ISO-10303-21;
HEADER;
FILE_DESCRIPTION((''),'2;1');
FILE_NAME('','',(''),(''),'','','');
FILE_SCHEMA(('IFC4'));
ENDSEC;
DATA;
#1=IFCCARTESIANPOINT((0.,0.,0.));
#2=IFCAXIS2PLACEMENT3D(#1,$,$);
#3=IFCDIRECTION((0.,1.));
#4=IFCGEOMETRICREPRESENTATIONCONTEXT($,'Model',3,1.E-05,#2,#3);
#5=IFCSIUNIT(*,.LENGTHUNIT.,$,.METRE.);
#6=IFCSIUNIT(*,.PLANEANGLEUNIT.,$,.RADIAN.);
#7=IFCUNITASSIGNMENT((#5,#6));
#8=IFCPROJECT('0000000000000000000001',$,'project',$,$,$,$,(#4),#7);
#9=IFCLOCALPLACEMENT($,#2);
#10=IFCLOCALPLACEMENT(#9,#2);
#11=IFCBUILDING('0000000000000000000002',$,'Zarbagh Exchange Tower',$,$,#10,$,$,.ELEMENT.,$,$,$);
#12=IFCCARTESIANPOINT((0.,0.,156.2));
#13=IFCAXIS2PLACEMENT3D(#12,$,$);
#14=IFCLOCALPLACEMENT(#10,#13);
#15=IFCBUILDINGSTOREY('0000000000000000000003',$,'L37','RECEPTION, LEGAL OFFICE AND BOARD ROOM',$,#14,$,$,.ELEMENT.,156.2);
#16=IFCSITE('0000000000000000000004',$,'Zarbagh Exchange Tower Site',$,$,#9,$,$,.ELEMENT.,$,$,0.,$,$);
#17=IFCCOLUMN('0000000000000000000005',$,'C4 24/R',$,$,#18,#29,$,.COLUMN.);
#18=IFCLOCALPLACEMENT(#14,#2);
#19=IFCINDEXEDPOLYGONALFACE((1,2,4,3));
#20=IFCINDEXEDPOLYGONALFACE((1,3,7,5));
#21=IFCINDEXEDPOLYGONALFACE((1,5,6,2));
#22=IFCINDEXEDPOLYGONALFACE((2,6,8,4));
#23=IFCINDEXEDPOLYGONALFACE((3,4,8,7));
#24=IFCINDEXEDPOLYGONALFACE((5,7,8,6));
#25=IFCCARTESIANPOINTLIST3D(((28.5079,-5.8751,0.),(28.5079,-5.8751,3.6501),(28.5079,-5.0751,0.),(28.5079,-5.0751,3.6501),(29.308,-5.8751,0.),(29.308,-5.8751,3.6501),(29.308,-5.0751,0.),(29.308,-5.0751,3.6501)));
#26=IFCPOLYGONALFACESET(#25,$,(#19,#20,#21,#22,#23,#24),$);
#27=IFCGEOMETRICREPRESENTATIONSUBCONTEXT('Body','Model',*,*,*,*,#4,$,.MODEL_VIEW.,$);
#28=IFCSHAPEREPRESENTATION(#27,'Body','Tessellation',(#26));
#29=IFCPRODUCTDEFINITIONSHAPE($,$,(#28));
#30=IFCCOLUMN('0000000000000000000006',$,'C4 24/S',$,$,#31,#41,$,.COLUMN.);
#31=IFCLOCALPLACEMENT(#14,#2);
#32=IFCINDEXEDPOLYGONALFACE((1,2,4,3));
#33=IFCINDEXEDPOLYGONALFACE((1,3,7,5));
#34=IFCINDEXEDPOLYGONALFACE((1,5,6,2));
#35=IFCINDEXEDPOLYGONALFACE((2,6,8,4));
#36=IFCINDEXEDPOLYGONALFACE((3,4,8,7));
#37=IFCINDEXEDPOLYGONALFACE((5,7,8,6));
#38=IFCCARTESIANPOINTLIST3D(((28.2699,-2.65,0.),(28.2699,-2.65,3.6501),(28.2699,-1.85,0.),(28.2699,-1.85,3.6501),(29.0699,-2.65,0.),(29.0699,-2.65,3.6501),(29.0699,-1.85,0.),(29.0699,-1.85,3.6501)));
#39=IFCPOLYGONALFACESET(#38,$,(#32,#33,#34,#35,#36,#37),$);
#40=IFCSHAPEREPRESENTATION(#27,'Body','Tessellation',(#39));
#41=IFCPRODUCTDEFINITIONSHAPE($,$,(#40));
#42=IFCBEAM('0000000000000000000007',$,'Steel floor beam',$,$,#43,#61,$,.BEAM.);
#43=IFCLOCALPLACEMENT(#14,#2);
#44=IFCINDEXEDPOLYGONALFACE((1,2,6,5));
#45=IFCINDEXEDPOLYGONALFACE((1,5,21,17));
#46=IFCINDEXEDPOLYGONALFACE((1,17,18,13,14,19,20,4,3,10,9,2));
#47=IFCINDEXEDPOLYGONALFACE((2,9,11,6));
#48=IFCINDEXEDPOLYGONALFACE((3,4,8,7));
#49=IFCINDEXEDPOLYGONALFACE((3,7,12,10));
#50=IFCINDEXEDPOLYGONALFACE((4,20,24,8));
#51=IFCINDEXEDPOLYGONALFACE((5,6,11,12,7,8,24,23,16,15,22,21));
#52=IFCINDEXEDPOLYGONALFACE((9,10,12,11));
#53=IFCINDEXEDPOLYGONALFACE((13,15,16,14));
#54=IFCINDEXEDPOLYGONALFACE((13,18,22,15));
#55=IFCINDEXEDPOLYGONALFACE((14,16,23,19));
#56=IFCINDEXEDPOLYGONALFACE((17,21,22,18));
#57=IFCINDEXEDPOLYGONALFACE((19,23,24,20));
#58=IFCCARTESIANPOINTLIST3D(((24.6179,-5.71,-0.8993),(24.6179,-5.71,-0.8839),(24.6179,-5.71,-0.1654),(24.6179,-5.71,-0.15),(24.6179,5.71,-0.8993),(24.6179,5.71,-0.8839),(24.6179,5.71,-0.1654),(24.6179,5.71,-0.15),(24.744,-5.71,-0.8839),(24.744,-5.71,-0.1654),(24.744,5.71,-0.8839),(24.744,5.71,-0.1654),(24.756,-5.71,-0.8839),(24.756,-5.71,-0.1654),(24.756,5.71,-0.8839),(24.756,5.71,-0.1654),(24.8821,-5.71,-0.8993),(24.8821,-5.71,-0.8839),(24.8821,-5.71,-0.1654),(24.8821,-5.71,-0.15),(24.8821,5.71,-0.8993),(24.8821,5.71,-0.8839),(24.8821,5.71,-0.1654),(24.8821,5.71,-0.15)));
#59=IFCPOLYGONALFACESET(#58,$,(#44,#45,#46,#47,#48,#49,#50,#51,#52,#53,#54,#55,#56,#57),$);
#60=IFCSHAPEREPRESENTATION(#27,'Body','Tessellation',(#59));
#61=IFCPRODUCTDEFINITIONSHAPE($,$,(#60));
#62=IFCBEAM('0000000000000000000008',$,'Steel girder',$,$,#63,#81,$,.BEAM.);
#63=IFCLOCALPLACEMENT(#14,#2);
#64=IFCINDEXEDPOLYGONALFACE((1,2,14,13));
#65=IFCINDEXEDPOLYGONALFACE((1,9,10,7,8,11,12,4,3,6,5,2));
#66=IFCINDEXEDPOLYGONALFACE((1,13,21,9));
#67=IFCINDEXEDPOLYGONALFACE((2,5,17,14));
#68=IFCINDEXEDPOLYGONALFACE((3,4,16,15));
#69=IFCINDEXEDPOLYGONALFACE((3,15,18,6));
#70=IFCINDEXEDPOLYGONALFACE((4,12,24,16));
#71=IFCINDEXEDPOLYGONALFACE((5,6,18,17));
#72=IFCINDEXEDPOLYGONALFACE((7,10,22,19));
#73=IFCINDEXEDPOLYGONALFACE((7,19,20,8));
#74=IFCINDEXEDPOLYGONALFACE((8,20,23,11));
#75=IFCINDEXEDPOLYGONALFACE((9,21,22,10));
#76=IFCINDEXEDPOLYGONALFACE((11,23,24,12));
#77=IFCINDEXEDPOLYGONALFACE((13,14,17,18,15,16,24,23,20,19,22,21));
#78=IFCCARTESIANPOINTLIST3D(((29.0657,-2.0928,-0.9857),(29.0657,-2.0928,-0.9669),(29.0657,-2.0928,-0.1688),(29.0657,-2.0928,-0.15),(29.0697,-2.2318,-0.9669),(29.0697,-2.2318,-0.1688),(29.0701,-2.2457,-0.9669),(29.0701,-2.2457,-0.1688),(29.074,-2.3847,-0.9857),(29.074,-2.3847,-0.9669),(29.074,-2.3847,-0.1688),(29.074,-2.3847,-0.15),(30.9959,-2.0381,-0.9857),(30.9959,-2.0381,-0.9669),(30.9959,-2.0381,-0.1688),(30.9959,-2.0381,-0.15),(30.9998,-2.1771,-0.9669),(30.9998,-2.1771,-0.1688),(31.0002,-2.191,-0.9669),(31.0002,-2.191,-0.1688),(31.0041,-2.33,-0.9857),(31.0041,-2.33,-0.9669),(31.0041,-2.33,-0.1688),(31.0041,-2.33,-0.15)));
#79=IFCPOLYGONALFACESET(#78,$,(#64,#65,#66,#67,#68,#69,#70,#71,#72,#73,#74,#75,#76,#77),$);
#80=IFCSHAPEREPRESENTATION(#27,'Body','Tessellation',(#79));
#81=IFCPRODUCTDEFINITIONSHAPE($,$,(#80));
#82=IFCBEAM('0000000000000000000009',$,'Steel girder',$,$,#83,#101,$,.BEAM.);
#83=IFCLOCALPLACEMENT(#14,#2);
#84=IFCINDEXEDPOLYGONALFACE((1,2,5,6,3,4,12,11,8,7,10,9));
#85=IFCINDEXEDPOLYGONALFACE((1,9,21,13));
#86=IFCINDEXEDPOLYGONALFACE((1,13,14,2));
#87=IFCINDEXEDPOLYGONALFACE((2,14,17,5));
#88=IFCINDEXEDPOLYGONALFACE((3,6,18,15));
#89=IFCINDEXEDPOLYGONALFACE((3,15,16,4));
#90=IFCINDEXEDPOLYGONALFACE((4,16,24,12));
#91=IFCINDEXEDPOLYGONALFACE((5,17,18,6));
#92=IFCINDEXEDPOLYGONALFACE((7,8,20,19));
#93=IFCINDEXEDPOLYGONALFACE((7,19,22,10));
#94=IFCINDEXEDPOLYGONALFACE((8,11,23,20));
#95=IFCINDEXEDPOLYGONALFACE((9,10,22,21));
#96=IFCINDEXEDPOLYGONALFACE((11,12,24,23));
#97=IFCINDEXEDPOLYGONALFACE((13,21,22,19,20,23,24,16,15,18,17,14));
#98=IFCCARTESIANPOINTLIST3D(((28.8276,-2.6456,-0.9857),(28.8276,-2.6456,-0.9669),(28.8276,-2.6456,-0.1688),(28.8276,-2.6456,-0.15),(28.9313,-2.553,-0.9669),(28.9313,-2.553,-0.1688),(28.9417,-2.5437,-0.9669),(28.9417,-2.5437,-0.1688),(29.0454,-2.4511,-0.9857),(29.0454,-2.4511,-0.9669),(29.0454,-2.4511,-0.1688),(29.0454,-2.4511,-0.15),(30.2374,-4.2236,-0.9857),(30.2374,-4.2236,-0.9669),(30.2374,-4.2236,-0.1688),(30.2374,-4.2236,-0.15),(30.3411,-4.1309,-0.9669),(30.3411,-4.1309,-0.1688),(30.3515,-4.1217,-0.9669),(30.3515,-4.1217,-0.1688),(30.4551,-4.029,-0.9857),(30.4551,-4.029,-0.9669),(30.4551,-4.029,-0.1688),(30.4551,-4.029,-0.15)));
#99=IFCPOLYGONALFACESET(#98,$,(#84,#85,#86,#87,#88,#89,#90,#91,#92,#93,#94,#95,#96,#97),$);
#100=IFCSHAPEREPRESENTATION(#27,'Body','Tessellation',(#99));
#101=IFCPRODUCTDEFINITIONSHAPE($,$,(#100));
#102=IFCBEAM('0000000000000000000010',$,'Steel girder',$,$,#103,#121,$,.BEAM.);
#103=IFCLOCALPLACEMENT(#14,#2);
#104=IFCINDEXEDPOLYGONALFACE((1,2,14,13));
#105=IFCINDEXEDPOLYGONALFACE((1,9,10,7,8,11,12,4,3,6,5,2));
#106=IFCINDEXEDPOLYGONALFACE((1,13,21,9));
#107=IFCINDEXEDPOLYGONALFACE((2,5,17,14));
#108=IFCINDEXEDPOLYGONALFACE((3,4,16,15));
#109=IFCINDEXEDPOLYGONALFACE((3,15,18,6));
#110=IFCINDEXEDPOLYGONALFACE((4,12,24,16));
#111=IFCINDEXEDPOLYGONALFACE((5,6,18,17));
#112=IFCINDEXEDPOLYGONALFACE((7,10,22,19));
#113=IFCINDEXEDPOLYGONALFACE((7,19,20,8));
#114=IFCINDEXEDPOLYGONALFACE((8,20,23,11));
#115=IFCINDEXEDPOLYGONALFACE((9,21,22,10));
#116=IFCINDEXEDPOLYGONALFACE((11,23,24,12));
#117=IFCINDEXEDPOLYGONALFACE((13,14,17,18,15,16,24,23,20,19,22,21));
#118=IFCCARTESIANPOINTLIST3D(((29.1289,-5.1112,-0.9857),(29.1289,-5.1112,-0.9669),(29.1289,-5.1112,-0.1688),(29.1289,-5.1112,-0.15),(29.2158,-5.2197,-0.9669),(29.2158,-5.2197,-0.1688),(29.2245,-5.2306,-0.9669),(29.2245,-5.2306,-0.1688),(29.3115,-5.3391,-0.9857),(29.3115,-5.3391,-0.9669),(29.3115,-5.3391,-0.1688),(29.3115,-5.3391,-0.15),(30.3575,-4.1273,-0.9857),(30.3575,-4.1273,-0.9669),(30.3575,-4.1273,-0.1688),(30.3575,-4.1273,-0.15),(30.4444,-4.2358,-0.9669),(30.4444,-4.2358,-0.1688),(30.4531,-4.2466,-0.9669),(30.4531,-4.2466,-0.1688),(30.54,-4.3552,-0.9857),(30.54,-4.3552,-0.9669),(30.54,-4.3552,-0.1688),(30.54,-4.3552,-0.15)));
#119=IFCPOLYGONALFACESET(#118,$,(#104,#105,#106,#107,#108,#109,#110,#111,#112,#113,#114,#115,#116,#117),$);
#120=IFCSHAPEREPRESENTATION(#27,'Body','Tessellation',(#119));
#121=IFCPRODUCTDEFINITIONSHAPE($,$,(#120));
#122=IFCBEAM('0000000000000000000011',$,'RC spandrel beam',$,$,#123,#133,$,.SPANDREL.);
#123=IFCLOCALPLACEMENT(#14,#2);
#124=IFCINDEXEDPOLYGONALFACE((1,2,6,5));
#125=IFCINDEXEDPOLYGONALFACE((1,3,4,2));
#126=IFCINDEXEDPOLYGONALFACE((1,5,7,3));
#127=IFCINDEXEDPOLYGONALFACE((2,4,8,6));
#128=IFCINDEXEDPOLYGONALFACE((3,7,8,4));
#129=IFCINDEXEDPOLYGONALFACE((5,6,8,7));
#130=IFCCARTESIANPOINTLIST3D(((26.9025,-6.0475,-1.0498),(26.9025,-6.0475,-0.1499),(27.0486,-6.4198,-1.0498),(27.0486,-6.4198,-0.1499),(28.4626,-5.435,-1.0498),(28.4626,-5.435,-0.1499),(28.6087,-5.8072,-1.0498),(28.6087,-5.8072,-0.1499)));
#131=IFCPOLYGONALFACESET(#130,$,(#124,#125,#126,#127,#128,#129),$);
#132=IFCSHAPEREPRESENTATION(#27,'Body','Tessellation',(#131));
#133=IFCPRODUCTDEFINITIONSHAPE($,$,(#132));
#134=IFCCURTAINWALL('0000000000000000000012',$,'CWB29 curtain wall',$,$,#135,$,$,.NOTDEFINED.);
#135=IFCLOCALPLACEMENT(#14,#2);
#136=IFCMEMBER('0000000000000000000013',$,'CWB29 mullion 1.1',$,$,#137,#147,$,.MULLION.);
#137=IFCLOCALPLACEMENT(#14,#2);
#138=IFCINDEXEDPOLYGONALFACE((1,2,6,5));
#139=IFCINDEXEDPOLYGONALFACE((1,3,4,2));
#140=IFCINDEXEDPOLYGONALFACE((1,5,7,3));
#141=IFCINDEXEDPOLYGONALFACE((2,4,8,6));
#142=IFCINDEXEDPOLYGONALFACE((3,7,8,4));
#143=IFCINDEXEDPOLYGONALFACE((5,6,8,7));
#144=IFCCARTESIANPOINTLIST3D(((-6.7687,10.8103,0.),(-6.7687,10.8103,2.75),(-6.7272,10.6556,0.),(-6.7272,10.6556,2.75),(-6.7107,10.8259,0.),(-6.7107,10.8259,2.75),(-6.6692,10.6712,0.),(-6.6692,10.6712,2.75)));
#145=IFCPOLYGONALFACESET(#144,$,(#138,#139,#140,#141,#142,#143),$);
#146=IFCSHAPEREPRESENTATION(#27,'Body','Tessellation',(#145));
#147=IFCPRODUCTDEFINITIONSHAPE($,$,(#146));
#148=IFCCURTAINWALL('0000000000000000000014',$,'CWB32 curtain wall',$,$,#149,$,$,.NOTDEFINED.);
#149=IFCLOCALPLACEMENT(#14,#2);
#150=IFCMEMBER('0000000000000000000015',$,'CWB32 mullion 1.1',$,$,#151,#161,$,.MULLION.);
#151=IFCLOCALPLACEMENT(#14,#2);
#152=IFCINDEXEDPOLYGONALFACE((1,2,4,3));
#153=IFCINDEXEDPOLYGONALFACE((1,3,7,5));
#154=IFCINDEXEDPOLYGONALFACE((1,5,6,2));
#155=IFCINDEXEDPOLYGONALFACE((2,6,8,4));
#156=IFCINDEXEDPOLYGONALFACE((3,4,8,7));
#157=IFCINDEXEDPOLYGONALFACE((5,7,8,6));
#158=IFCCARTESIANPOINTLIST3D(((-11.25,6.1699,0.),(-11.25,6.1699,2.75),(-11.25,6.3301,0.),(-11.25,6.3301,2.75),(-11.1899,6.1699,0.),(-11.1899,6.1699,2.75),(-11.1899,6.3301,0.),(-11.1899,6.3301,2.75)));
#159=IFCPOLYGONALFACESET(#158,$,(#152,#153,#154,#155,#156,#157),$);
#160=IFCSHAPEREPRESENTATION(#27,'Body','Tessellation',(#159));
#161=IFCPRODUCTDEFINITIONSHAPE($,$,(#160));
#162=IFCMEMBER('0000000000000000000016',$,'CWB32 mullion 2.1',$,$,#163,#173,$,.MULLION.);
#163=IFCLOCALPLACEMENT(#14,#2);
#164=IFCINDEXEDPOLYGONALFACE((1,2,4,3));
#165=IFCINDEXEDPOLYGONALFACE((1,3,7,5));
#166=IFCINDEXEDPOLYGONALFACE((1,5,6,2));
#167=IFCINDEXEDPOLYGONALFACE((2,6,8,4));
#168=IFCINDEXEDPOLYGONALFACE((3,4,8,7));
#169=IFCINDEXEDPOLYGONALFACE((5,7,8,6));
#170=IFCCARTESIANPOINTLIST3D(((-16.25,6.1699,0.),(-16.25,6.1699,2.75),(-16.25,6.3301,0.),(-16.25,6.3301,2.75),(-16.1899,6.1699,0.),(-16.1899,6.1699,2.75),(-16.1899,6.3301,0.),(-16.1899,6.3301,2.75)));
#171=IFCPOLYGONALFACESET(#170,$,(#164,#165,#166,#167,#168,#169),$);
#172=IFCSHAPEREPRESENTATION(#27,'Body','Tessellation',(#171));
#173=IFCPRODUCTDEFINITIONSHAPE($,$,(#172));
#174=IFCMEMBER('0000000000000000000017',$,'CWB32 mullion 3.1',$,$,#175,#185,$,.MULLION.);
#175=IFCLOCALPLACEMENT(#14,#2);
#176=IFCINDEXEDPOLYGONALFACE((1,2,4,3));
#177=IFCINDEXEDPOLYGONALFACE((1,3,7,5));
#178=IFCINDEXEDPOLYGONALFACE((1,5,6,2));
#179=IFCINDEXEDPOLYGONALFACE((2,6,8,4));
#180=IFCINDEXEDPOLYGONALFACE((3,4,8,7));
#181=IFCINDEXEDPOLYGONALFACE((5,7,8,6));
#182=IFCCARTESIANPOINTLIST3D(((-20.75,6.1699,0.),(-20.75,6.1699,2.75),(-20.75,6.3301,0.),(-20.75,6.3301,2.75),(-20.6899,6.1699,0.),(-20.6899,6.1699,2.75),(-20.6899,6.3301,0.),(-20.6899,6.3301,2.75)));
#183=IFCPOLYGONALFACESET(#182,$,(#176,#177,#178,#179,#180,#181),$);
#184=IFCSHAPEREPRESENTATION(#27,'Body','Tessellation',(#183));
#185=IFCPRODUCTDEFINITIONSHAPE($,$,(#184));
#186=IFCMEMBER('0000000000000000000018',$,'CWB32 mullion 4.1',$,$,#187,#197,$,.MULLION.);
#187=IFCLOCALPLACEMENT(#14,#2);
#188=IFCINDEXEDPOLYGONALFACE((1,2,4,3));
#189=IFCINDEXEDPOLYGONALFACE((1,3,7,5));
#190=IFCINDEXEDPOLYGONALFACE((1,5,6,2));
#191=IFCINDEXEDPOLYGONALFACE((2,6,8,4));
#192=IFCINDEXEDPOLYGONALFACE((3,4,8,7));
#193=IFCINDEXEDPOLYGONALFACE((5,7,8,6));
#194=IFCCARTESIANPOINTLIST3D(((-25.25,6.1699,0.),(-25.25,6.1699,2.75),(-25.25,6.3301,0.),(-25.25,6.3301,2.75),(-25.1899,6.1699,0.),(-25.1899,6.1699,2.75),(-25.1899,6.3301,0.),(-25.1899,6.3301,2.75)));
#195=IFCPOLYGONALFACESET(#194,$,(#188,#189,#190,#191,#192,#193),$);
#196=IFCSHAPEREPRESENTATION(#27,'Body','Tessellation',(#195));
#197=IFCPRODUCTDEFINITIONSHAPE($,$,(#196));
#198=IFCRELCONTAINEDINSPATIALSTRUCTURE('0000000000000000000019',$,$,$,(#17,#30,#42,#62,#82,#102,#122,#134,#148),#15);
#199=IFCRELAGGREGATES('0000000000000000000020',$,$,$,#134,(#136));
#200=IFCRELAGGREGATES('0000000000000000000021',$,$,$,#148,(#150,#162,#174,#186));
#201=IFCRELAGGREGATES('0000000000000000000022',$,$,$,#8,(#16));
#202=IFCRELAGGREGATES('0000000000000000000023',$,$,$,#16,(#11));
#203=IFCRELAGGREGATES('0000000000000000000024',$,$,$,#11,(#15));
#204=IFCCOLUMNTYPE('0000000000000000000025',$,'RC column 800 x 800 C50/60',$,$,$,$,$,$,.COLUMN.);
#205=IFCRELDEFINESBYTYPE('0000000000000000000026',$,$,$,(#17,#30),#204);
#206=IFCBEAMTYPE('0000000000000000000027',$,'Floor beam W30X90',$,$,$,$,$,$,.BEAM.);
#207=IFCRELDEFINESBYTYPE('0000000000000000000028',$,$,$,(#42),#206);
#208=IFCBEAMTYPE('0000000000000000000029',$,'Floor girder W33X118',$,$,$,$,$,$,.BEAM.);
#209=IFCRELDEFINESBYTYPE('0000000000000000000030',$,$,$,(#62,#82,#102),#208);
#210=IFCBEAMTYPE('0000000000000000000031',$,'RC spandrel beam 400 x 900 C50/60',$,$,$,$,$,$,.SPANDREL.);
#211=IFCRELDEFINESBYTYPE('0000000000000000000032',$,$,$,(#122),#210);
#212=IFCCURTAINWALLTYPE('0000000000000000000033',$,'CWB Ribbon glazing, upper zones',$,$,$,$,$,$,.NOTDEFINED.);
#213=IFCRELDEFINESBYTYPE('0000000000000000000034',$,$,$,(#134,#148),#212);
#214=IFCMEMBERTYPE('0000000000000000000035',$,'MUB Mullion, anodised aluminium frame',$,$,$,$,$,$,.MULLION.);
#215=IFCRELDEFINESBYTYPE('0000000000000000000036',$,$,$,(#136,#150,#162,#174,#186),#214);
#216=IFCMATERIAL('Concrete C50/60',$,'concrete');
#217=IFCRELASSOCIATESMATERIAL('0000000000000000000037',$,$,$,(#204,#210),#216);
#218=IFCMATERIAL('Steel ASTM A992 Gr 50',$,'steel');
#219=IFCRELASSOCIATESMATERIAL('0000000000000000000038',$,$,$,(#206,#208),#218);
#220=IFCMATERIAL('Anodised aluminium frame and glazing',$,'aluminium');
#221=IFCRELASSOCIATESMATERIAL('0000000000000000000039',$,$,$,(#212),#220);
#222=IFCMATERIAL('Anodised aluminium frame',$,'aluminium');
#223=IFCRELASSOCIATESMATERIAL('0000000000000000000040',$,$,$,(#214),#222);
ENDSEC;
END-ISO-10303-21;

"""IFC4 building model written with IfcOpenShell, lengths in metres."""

from ifc_helpers import new_model, si_unit, direction, frame, origin, origin_2d, place, context, subcontext, project, spatial, polyline, rectangle, i_section, outline, extrude, source, transform, mapped, material, material_profile, profile_set, type_object, element, aggregate, save


model = new_model("IFC4")

# Units and contexts
model_context = context("Model", 3, precision=1e-05, world=origin(), true_north=direction((0.0, 1.0)))
body_context = subcontext(model_context, "Body", "Model", "MODEL_VIEW")
ifc_project = project(units=[si_unit("LENGTHUNIT", "METRE"), si_unit("PLANEANGLEUNIT", "RADIAN")], contexts=[model_context])

# Site, building, storey
site_placement = place(None, origin())
site = spatial("IfcSite", under=ifc_project, at=site_placement, Name="Zarbagh Exchange Tower Site", CompositionType="ELEMENT", RefElevation=0.0)
building_placement = place(site_placement, origin())
building = spatial("IfcBuilding", under=site, at=building_placement, Name="Zarbagh Exchange Tower", CompositionType="ELEMENT")
storey_placement = place(building_placement, frame((0.0, 0.0, 156.2)))
storey = spatial("IfcBuildingStorey", under=building, at=storey_placement, Name="L37", Description="RECEPTION, LEGAL OFFICE AND BOARD ROOM", CompositionType="ELEMENT", Elevation=156.2)

# Columns
ifc_material_1 = material(Name="Concrete C50/60", Category="concrete")
ifc_material_profile_1 = material_profile(ifc_material_1, rectangle(XDim=0.8, YDim=0.8, at=origin_2d()), Name="RC column 800 x 800 C50/60")
ifc_profile_set_1 = profile_set([ifc_material_profile_1], Name="Concrete C50/60")
column_type = type_object("IfcColumnType", Name="RC column 800 x 800 C50/60", PredefinedType="COLUMN", material=ifc_profile_set_1)
for number, where, z_axis, x_axis, name in (
    (1, (28.908, -5.4751, 0.0), (0.0, 0.0, 1.0), (1.0, 0.0, 0.0), "C4 24/R"),
    (2, (28.6699, -2.25, 0.0), (0.0, 0.0, 1.0), (1.0, 0.0, 0.0), "C4 24/S"),
):
    element("IfcColumn", number, at=place(storey_placement, frame(where, z_axis=z_axis, x_axis=x_axis)), inside=storey, type_object=column_type, Name=name, PredefinedType="COLUMN", context=body_context, shape_type="SweptSolid", body=[
        extrude(rectangle(XDim=0.8, YDim=0.8, at=origin_2d()), origin(), (0.0, 0.0, 1.0), 3.6501),
    ])

# Beams
ifc_material_2 = material(Name="Steel ASTM A992 Gr 50", Category="steel")
ifc_material_profile_2 = material_profile(ifc_material_2, i_section(OverallWidth=0.2642, OverallDepth=0.7493, WebThickness=0.012, FlangeThickness=0.0154, at=origin_2d()), Name="W30X90")
ifc_profile_set_2 = profile_set([ifc_material_profile_2], Name="Steel ASTM A992 Gr 50")
beam_type_1 = type_object("IfcBeamType", Name="Floor beam W30X90", PredefinedType="BEAM", material=ifc_profile_set_2)
beam_1_placement = place(storey_placement, frame((24.75, -5.71, -0.5247), z_axis=(0.0, 1.0, 0.0), x_axis=(-1.0, 0.0, 0.0)))
element("IfcBeam", 3, at=beam_1_placement, inside=storey, type_object=beam_type_1, Name="Steel floor beam", PredefinedType="BEAM", context=body_context, shape_type="SweptSolid", body=[
    extrude(i_section(OverallWidth=0.2642, OverallDepth=0.7493, WebThickness=0.012, FlangeThickness=0.0154, at=origin_2d()), origin(), (0.0, 0.0, 1.0), 11.4199),
])
ifc_material_profile_3 = material_profile(ifc_material_2, i_section(OverallWidth=0.292, OverallDepth=0.8357, WebThickness=0.0139, FlangeThickness=0.0188, at=origin_2d()), Name="W33X118")
ifc_profile_set_3 = profile_set([ifc_material_profile_3], Name="Steel ASTM A992 Gr 50")
beam_type_2 = type_object("IfcBeamType", Name="Floor girder W33X118", PredefinedType="BEAM", material=ifc_profile_set_3)
beam_2_placement = place(storey_placement, frame((31.0, -2.1841, -0.5679), z_axis=(-0.999599, -0.028322, 0.0), x_axis=(0.028322, -0.999599, 0.0)))
element("IfcBeam", 4, at=beam_2_placement, inside=storey, type_object=beam_type_2, Name="Steel girder", PredefinedType="BEAM", context=body_context, shape_type="SweptSolid", body=[
    extrude(i_section(OverallWidth=0.292, OverallDepth=0.8357, WebThickness=0.0139, FlangeThickness=0.0188, at=origin_2d()), origin(), (0.0, 0.0, 1.0), 1.9309),
])
beam_3_placement = place(storey_placement, frame((28.9365, -2.5483, -0.5679), z_axis=(0.666238, -0.745739, 0.0), x_axis=(0.745739, 0.666238, 0.0)))
element("IfcBeam", 5, at=beam_3_placement, inside=storey, type_object=beam_type_2, Name="Steel girder", PredefinedType="BEAM", context=body_context, shape_type="SweptSolid", body=[
    extrude(i_section(OverallWidth=0.292, OverallDepth=0.8357, WebThickness=0.0139, FlangeThickness=0.0188, at=origin_2d()), origin(), (0.0, 0.0, 1.0), 2.116),
])
beam_4_placement = place(storey_placement, frame((30.4487, -4.2412, -0.5679), z_axis=(-0.780536, -0.625111, 0.0), x_axis=(0.625111, -0.780536, 0.0)))
element("IfcBeam", 6, at=beam_4_placement, inside=storey, type_object=beam_type_2, Name="Steel girder", PredefinedType="BEAM", context=body_context, shape_type="SweptSolid", body=[
    extrude(i_section(OverallWidth=0.292, OverallDepth=0.8357, WebThickness=0.0139, FlangeThickness=0.0188, at=origin_2d()), origin(), (0.0, 0.0, 1.0), 1.574),
])
ifc_material_profile_4 = material_profile(ifc_material_1, rectangle(XDim=0.3999, YDim=0.8999, at=origin_2d()), Name="RC spandrel beam 400 x 900 C50/60")
ifc_profile_set_4 = profile_set([ifc_material_profile_4], Name="Concrete C50/60")
beam_type_3 = type_object("IfcBeamType", Name="RC spandrel beam 400 x 900 C50/60", PredefinedType="SPANDREL", material=ifc_profile_set_4)
beam_5_placement = place(storey_placement, frame((28.5356, -5.6211, -0.5999), z_axis=(-0.930819, -0.365481, 0.0), x_axis=(0.365481, -0.930819, 0.0)))
element("IfcBeam", 7, at=beam_5_placement, inside=storey, type_object=beam_type_3, Name="RC spandrel beam", PredefinedType="SPANDREL", context=body_context, shape_type="SweptSolid", body=[
    extrude(rectangle(XDim=0.3999, YDim=0.8999, at=origin_2d()), origin(), (0.0, 0.0, 1.0), 1.676),
])

# Curtain wall, member
ifc_material_3 = material(Name="Anodised aluminium frame and glazing", Category="aluminium")
curtain_wall_type = type_object("IfcCurtainWallType", Name="CWB Ribbon glazing, upper zones", PredefinedType="NOTDEFINED", material=ifc_material_3)
curtain_wall_1_placement = place(storey_placement, origin())
curtain_wall_1 = element("IfcCurtainWall", 8, at=curtain_wall_1_placement, inside=storey, type_object=curtain_wall_type, Name="CWB29 curtain wall", PredefinedType="NOTDEFINED")
ifc_material_4 = material(Name="Anodised aluminium frame", Category="aluminium")
member_type_1 = type_object("IfcMemberType", Name="MUB Mullion, anodised aluminium frame", PredefinedType="MULLION", material=ifc_material_4)
shared_shape_1 = source(origin(), body_context, "Body", "SweptSolid", [
    extrude(outline(polyline([(0.0, -0.0801), (0.0601, -0.0801), (0.0601, 0.0801), (0.0, 0.0801), (0.0, -0.0801)])), origin(), (0.0, 0.0, 1.0), 2.75),
])
placement = place(storey_placement, origin())
member_1 = element("IfcMember", 9, at=placement, type_object=member_type_1, Name="CWB29 mullion 1.1", PredefinedType="MULLION", context=body_context, shape_type="MappedRepresentation", body=[
    mapped(shared_shape_1, transform((-6.6899, 10.7485, 0.0), x_axis=(-0.965924, -0.258825, 0.0), y_axis=(0.258825, -0.965924, 0.0), z_axis=(0.0, 0.0, 1.0))),
])

# Curtain wall, members
curtain_wall_2_placement = place(storey_placement, origin())
curtain_wall_2 = element("IfcCurtainWall", 10, at=curtain_wall_2_placement, inside=storey, type_object=curtain_wall_type, Name="CWB32 curtain wall", PredefinedType="NOTDEFINED")
member_2 = element("IfcMember", 11, at=placement, type_object=member_type_1, Name="CWB32 mullion 1.1", PredefinedType="MULLION", context=body_context, shape_type="MappedRepresentation", body=[
    mapped(shared_shape_1, transform((-11.1899, 6.25, 0.0), x_axis=(-1.0, 0.0, 0.0), y_axis=(0.0, -1.0, 0.0), z_axis=(0.0, 0.0, 1.0))),
])
member_3 = element("IfcMember", 12, at=placement, type_object=member_type_1, Name="CWB32 mullion 2.1", PredefinedType="MULLION", context=body_context, shape_type="MappedRepresentation", body=[
    mapped(shared_shape_1, transform((-16.1899, 6.25, 0.0), x_axis=(-1.0, 0.0, 0.0), y_axis=(0.0, -1.0, 0.0), z_axis=(0.0, 0.0, 1.0))),
])
member_4 = element("IfcMember", 13, at=placement, type_object=member_type_1, Name="CWB32 mullion 3.1", PredefinedType="MULLION", context=body_context, shape_type="MappedRepresentation", body=[
    mapped(shared_shape_1, transform((-20.6899, 6.25, 0.0), x_axis=(-1.0, 0.0, 0.0), y_axis=(0.0, -1.0, 0.0), z_axis=(0.0, 0.0, 1.0))),
])
member_5 = element("IfcMember", 14, at=placement, type_object=member_type_1, Name="CWB32 mullion 4.1", PredefinedType="MULLION", context=body_context, shape_type="MappedRepresentation", body=[
    mapped(shared_shape_1, transform((-25.1899, 6.25, 0.0), x_axis=(-1.0, 0.0, 0.0), y_axis=(0.0, -1.0, 0.0), z_axis=(0.0, 0.0, 1.0))),
])

aggregate(curtain_wall_1, [member_1])

aggregate(curtain_wall_2, [member_2, member_3, member_4, member_5])

save(model, "model.ifc")
